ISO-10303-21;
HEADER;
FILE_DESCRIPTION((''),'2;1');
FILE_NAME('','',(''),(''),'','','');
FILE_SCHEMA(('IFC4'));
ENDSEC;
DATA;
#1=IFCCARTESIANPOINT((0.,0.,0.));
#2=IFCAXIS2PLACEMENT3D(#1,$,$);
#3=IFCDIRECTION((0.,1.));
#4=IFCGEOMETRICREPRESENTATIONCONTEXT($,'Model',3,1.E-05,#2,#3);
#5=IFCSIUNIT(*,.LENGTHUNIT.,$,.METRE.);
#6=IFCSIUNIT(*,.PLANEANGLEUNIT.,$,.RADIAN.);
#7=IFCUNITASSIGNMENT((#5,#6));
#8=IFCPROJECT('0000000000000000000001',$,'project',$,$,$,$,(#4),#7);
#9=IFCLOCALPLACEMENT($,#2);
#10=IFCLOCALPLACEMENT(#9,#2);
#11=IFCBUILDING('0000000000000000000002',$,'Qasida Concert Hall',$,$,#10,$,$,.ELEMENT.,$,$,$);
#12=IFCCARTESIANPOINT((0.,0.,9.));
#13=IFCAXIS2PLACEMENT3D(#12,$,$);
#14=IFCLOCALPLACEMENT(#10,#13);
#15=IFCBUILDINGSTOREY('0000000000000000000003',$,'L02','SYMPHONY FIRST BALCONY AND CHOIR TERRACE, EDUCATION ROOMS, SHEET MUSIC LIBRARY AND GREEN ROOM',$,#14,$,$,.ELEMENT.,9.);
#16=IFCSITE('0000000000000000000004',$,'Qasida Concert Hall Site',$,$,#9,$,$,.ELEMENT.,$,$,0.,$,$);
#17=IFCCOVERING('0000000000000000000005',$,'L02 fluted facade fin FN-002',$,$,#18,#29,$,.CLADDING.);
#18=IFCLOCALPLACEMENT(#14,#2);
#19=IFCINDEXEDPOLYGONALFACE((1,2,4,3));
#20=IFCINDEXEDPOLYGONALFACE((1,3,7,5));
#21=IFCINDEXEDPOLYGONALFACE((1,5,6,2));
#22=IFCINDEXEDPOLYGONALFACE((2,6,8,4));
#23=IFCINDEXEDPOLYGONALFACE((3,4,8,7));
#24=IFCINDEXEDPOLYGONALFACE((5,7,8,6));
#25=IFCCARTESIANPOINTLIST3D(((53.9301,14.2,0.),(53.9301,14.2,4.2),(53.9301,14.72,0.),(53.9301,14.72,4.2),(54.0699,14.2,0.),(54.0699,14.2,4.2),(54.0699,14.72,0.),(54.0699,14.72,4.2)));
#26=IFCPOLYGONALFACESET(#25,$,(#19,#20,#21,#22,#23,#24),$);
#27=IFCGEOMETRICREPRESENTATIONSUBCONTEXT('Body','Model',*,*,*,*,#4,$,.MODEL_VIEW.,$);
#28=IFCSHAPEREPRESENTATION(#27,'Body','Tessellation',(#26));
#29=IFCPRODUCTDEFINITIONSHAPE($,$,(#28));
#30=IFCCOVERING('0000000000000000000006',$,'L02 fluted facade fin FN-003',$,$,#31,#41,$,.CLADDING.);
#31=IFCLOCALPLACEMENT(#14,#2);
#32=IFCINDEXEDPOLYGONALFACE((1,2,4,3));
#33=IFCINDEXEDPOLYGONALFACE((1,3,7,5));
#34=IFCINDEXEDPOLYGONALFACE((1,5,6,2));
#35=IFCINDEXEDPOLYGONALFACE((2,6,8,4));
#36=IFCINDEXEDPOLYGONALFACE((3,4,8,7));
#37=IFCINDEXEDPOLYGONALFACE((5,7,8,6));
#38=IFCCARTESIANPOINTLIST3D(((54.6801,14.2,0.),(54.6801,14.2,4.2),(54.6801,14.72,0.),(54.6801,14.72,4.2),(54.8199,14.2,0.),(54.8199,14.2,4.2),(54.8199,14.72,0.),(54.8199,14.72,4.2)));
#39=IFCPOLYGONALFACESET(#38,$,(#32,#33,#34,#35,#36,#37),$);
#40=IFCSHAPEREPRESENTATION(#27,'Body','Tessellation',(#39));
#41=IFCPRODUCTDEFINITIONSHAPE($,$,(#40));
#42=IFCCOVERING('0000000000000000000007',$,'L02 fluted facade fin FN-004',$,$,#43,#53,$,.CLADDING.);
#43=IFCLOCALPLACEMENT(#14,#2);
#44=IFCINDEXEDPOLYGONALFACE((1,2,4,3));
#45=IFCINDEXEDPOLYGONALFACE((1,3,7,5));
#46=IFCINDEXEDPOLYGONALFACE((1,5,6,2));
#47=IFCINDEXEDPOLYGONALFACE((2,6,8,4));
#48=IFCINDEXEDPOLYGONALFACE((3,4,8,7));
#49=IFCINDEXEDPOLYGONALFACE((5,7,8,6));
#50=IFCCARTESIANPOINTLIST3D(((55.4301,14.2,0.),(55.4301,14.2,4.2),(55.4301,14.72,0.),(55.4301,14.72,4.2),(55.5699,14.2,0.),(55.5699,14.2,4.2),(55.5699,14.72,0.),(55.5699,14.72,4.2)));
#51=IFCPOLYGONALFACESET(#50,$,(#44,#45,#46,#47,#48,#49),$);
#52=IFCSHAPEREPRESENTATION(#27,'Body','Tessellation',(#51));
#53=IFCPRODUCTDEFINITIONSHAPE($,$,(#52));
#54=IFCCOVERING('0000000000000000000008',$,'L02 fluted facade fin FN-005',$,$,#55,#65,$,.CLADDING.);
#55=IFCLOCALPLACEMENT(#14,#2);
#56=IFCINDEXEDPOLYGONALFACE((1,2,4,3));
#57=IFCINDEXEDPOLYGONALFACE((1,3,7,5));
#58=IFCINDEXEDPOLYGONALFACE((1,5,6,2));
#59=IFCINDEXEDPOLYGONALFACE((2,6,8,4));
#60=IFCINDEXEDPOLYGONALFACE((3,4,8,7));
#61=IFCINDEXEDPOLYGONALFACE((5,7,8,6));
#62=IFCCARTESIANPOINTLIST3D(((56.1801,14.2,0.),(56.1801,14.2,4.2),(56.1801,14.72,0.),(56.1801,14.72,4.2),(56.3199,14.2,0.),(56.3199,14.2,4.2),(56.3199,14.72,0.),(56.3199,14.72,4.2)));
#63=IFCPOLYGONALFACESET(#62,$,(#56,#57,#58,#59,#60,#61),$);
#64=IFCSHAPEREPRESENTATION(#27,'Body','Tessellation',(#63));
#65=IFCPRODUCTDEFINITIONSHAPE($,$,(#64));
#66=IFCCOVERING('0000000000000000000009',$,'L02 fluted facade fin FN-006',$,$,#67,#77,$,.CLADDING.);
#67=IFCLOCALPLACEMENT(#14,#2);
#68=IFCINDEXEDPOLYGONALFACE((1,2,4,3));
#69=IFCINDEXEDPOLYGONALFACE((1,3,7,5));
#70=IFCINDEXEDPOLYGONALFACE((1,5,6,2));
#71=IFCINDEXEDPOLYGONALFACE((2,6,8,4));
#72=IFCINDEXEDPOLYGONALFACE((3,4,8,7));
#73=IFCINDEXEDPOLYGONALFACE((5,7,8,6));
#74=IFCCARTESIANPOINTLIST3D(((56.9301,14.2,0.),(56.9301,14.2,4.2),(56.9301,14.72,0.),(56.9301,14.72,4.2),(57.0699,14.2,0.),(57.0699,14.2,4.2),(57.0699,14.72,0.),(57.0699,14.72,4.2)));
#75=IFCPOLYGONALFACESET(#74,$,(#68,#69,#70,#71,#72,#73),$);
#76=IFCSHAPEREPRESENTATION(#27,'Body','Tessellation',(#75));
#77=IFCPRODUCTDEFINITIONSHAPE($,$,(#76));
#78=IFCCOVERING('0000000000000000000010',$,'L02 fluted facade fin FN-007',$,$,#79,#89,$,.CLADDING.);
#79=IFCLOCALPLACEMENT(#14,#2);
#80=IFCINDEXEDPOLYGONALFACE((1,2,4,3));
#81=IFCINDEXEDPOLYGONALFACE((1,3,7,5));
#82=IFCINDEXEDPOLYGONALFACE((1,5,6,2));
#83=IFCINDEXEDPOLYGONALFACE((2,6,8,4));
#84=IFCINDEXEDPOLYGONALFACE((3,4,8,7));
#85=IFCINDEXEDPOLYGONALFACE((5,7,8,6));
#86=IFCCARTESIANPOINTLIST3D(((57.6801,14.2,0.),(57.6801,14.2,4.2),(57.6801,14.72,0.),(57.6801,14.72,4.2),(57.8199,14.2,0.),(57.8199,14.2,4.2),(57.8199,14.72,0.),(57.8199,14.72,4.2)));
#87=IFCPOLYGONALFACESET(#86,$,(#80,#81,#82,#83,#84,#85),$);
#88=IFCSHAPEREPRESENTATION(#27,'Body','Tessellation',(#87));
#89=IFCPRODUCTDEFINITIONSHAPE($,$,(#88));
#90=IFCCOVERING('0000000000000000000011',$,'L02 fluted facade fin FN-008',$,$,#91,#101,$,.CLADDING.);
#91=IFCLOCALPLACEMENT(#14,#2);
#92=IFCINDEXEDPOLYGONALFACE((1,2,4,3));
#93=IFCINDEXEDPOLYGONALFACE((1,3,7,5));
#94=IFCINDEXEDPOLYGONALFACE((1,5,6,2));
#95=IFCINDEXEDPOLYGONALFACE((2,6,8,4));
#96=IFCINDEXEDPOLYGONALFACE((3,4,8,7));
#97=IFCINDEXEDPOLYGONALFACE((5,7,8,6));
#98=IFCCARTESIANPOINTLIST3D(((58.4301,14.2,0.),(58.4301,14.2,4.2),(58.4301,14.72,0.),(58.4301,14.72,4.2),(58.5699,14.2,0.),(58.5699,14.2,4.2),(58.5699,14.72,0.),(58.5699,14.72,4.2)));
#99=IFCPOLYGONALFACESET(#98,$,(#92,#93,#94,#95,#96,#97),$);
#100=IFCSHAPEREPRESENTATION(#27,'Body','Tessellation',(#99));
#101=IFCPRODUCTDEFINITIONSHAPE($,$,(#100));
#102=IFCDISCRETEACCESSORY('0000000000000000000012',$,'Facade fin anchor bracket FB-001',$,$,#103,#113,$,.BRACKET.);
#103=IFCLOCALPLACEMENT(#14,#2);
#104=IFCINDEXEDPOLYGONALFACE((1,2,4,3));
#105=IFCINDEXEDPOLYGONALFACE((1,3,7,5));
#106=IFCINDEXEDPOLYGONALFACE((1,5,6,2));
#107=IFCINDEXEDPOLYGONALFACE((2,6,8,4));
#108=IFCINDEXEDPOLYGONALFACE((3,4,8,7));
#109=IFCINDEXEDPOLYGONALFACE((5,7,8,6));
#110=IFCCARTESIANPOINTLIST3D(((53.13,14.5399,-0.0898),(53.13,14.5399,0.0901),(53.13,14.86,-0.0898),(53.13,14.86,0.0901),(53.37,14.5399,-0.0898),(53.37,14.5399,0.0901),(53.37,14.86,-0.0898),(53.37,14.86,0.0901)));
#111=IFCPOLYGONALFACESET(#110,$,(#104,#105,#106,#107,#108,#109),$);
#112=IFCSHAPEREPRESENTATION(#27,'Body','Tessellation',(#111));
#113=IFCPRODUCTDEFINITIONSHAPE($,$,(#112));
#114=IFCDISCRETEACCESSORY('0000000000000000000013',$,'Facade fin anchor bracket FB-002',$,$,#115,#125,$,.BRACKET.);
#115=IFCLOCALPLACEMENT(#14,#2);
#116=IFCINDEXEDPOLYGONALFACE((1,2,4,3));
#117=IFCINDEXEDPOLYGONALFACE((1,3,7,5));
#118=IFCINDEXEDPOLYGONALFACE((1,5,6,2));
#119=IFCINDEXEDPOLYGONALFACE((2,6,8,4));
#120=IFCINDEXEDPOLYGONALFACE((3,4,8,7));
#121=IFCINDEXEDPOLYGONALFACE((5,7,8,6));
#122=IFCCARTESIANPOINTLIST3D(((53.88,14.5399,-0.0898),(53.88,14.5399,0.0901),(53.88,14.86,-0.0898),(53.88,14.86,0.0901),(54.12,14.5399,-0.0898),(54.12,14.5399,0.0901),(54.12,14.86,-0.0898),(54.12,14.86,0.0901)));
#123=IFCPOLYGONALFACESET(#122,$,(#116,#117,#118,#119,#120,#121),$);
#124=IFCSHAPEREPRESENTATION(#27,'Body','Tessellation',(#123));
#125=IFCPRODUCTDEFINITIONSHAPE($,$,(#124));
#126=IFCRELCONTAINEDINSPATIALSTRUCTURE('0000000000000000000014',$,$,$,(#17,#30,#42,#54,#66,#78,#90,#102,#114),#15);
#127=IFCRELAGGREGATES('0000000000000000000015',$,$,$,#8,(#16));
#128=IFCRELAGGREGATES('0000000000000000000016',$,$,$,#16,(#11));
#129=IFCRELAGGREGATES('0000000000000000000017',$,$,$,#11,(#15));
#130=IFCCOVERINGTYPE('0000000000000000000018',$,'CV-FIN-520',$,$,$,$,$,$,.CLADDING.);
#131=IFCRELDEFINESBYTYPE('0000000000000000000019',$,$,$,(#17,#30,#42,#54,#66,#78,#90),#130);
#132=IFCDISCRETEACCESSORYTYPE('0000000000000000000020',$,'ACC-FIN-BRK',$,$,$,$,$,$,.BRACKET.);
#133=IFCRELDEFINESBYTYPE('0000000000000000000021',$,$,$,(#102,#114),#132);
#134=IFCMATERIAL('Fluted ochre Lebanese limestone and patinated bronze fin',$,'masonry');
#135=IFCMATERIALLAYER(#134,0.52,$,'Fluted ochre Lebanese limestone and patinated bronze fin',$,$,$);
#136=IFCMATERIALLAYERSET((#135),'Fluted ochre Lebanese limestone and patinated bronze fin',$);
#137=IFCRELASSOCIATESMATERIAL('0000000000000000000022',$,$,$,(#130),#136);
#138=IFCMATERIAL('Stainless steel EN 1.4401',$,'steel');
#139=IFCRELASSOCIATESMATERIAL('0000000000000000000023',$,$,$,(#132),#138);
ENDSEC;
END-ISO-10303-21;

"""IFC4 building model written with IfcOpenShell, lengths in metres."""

from ifc_helpers import new_model, si_unit, direction, frame, origin, origin_2d, place, context, subcontext, project, spatial, rectangle, extrude, material, layer, layer_set, type_object, element, save


model = new_model("IFC4")

# Units and contexts
model_context = context("Model", 3, precision=1e-05, world=origin(), true_north=direction((0.0, 1.0)))
body_context = subcontext(model_context, "Body", "Model", "MODEL_VIEW")
ifc_project = project(units=[si_unit("LENGTHUNIT", "METRE"), si_unit("PLANEANGLEUNIT", "RADIAN")], contexts=[model_context])

# Site, building, storey
site_placement = place(None, origin())
site = spatial("IfcSite", under=ifc_project, at=site_placement, Name="Qasida Concert Hall Site", CompositionType="ELEMENT", RefElevation=0.0)
building_placement = place(site_placement, origin())
building = spatial("IfcBuilding", under=site, at=building_placement, Name="Qasida Concert Hall", CompositionType="ELEMENT")
storey_placement = place(building_placement, frame((0.0, 0.0, 9.0)))
storey = spatial("IfcBuildingStorey", under=building, at=storey_placement, Name="L02", Description="SYMPHONY FIRST BALCONY AND CHOIR TERRACE, EDUCATION ROOMS, SHEET MUSIC LIBRARY AND GREEN ROOM", CompositionType="ELEMENT", Elevation=9.0)

# Coverings
ifc_material_1 = material(Name="Fluted ochre Lebanese limestone and patinated bronze fin", Category="masonry")
ifc_layer_1 = layer(ifc_material_1, 0.52, Name="Fluted ochre Lebanese limestone and patinated bronze fin")
ifc_layer_set_1 = layer_set([ifc_layer_1], Name="Fluted ochre Lebanese limestone and patinated bronze fin")
covering_type = type_object("IfcCoveringType", Name="CV-FIN-520", PredefinedType="CLADDING", material=ifc_layer_set_1)
for number, where, z_axis, x_axis, name in (
    (1, (54.0, 14.46, 0.0), (0.0, 0.0, 1.0), (1.0, 0.0, 0.0), "L02 fluted facade fin FN-002"),
    (2, (54.75, 14.46, 0.0), (0.0, 0.0, 1.0), (1.0, 0.0, 0.0), "L02 fluted facade fin FN-003"),
    (3, (55.5, 14.46, 0.0), (0.0, 0.0, 1.0), (1.0, 0.0, 0.0), "L02 fluted facade fin FN-004"),
    (4, (56.25, 14.46, 0.0), (0.0, 0.0, 1.0), (1.0, 0.0, 0.0), "L02 fluted facade fin FN-005"),
    (5, (57.0, 14.46, 0.0), (0.0, 0.0, 1.0), (1.0, 0.0, 0.0), "L02 fluted facade fin FN-006"),
    (6, (57.75, 14.46, 0.0), (0.0, 0.0, 1.0), (1.0, 0.0, 0.0), "L02 fluted facade fin FN-007"),
    (7, (58.5, 14.46, 0.0), (0.0, 0.0, 1.0), (1.0, 0.0, 0.0), "L02 fluted facade fin FN-008"),
):
    element("IfcCovering", number, at=place(storey_placement, frame(where, z_axis=z_axis, x_axis=x_axis)), inside=storey, type_object=covering_type, Name=name, PredefinedType="CLADDING", context=body_context, shape_type="SweptSolid", body=[
        extrude(rectangle(XDim=0.1399, YDim=0.52, at=origin_2d()), origin(), (0.0, 0.0, 1.0), 4.2),
    ])

# Discrete accessories
ifc_material_2 = material(Name="Stainless steel EN 1.4401", Category="steel")
discrete_accessory_type = type_object("IfcDiscreteAccessoryType", Name="ACC-FIN-BRK", PredefinedType="BRACKET", material=ifc_material_2)
for number, where, z_axis, x_axis, name in (
    (8, (53.25, 14.7, -0.0898), (0.0, 0.0, 1.0), (1.0, 0.0, 0.0), "Facade fin anchor bracket FB-001"),
    (9, (54.0, 14.7, -0.0898), (0.0, 0.0, 1.0), (1.0, 0.0, 0.0), "Facade fin anchor bracket FB-002"),
):
    element("IfcDiscreteAccessory", number, at=place(storey_placement, frame(where, z_axis=z_axis, x_axis=x_axis)), inside=storey, type_object=discrete_accessory_type, Name=name, PredefinedType="BRACKET", context=body_context, shape_type="SweptSolid", body=[
        extrude(rectangle(XDim=0.24, YDim=0.3201, at=origin_2d()), origin(), (0.0, 0.0, 1.0), 0.1799),
    ])

save(model, "model.ifc")
